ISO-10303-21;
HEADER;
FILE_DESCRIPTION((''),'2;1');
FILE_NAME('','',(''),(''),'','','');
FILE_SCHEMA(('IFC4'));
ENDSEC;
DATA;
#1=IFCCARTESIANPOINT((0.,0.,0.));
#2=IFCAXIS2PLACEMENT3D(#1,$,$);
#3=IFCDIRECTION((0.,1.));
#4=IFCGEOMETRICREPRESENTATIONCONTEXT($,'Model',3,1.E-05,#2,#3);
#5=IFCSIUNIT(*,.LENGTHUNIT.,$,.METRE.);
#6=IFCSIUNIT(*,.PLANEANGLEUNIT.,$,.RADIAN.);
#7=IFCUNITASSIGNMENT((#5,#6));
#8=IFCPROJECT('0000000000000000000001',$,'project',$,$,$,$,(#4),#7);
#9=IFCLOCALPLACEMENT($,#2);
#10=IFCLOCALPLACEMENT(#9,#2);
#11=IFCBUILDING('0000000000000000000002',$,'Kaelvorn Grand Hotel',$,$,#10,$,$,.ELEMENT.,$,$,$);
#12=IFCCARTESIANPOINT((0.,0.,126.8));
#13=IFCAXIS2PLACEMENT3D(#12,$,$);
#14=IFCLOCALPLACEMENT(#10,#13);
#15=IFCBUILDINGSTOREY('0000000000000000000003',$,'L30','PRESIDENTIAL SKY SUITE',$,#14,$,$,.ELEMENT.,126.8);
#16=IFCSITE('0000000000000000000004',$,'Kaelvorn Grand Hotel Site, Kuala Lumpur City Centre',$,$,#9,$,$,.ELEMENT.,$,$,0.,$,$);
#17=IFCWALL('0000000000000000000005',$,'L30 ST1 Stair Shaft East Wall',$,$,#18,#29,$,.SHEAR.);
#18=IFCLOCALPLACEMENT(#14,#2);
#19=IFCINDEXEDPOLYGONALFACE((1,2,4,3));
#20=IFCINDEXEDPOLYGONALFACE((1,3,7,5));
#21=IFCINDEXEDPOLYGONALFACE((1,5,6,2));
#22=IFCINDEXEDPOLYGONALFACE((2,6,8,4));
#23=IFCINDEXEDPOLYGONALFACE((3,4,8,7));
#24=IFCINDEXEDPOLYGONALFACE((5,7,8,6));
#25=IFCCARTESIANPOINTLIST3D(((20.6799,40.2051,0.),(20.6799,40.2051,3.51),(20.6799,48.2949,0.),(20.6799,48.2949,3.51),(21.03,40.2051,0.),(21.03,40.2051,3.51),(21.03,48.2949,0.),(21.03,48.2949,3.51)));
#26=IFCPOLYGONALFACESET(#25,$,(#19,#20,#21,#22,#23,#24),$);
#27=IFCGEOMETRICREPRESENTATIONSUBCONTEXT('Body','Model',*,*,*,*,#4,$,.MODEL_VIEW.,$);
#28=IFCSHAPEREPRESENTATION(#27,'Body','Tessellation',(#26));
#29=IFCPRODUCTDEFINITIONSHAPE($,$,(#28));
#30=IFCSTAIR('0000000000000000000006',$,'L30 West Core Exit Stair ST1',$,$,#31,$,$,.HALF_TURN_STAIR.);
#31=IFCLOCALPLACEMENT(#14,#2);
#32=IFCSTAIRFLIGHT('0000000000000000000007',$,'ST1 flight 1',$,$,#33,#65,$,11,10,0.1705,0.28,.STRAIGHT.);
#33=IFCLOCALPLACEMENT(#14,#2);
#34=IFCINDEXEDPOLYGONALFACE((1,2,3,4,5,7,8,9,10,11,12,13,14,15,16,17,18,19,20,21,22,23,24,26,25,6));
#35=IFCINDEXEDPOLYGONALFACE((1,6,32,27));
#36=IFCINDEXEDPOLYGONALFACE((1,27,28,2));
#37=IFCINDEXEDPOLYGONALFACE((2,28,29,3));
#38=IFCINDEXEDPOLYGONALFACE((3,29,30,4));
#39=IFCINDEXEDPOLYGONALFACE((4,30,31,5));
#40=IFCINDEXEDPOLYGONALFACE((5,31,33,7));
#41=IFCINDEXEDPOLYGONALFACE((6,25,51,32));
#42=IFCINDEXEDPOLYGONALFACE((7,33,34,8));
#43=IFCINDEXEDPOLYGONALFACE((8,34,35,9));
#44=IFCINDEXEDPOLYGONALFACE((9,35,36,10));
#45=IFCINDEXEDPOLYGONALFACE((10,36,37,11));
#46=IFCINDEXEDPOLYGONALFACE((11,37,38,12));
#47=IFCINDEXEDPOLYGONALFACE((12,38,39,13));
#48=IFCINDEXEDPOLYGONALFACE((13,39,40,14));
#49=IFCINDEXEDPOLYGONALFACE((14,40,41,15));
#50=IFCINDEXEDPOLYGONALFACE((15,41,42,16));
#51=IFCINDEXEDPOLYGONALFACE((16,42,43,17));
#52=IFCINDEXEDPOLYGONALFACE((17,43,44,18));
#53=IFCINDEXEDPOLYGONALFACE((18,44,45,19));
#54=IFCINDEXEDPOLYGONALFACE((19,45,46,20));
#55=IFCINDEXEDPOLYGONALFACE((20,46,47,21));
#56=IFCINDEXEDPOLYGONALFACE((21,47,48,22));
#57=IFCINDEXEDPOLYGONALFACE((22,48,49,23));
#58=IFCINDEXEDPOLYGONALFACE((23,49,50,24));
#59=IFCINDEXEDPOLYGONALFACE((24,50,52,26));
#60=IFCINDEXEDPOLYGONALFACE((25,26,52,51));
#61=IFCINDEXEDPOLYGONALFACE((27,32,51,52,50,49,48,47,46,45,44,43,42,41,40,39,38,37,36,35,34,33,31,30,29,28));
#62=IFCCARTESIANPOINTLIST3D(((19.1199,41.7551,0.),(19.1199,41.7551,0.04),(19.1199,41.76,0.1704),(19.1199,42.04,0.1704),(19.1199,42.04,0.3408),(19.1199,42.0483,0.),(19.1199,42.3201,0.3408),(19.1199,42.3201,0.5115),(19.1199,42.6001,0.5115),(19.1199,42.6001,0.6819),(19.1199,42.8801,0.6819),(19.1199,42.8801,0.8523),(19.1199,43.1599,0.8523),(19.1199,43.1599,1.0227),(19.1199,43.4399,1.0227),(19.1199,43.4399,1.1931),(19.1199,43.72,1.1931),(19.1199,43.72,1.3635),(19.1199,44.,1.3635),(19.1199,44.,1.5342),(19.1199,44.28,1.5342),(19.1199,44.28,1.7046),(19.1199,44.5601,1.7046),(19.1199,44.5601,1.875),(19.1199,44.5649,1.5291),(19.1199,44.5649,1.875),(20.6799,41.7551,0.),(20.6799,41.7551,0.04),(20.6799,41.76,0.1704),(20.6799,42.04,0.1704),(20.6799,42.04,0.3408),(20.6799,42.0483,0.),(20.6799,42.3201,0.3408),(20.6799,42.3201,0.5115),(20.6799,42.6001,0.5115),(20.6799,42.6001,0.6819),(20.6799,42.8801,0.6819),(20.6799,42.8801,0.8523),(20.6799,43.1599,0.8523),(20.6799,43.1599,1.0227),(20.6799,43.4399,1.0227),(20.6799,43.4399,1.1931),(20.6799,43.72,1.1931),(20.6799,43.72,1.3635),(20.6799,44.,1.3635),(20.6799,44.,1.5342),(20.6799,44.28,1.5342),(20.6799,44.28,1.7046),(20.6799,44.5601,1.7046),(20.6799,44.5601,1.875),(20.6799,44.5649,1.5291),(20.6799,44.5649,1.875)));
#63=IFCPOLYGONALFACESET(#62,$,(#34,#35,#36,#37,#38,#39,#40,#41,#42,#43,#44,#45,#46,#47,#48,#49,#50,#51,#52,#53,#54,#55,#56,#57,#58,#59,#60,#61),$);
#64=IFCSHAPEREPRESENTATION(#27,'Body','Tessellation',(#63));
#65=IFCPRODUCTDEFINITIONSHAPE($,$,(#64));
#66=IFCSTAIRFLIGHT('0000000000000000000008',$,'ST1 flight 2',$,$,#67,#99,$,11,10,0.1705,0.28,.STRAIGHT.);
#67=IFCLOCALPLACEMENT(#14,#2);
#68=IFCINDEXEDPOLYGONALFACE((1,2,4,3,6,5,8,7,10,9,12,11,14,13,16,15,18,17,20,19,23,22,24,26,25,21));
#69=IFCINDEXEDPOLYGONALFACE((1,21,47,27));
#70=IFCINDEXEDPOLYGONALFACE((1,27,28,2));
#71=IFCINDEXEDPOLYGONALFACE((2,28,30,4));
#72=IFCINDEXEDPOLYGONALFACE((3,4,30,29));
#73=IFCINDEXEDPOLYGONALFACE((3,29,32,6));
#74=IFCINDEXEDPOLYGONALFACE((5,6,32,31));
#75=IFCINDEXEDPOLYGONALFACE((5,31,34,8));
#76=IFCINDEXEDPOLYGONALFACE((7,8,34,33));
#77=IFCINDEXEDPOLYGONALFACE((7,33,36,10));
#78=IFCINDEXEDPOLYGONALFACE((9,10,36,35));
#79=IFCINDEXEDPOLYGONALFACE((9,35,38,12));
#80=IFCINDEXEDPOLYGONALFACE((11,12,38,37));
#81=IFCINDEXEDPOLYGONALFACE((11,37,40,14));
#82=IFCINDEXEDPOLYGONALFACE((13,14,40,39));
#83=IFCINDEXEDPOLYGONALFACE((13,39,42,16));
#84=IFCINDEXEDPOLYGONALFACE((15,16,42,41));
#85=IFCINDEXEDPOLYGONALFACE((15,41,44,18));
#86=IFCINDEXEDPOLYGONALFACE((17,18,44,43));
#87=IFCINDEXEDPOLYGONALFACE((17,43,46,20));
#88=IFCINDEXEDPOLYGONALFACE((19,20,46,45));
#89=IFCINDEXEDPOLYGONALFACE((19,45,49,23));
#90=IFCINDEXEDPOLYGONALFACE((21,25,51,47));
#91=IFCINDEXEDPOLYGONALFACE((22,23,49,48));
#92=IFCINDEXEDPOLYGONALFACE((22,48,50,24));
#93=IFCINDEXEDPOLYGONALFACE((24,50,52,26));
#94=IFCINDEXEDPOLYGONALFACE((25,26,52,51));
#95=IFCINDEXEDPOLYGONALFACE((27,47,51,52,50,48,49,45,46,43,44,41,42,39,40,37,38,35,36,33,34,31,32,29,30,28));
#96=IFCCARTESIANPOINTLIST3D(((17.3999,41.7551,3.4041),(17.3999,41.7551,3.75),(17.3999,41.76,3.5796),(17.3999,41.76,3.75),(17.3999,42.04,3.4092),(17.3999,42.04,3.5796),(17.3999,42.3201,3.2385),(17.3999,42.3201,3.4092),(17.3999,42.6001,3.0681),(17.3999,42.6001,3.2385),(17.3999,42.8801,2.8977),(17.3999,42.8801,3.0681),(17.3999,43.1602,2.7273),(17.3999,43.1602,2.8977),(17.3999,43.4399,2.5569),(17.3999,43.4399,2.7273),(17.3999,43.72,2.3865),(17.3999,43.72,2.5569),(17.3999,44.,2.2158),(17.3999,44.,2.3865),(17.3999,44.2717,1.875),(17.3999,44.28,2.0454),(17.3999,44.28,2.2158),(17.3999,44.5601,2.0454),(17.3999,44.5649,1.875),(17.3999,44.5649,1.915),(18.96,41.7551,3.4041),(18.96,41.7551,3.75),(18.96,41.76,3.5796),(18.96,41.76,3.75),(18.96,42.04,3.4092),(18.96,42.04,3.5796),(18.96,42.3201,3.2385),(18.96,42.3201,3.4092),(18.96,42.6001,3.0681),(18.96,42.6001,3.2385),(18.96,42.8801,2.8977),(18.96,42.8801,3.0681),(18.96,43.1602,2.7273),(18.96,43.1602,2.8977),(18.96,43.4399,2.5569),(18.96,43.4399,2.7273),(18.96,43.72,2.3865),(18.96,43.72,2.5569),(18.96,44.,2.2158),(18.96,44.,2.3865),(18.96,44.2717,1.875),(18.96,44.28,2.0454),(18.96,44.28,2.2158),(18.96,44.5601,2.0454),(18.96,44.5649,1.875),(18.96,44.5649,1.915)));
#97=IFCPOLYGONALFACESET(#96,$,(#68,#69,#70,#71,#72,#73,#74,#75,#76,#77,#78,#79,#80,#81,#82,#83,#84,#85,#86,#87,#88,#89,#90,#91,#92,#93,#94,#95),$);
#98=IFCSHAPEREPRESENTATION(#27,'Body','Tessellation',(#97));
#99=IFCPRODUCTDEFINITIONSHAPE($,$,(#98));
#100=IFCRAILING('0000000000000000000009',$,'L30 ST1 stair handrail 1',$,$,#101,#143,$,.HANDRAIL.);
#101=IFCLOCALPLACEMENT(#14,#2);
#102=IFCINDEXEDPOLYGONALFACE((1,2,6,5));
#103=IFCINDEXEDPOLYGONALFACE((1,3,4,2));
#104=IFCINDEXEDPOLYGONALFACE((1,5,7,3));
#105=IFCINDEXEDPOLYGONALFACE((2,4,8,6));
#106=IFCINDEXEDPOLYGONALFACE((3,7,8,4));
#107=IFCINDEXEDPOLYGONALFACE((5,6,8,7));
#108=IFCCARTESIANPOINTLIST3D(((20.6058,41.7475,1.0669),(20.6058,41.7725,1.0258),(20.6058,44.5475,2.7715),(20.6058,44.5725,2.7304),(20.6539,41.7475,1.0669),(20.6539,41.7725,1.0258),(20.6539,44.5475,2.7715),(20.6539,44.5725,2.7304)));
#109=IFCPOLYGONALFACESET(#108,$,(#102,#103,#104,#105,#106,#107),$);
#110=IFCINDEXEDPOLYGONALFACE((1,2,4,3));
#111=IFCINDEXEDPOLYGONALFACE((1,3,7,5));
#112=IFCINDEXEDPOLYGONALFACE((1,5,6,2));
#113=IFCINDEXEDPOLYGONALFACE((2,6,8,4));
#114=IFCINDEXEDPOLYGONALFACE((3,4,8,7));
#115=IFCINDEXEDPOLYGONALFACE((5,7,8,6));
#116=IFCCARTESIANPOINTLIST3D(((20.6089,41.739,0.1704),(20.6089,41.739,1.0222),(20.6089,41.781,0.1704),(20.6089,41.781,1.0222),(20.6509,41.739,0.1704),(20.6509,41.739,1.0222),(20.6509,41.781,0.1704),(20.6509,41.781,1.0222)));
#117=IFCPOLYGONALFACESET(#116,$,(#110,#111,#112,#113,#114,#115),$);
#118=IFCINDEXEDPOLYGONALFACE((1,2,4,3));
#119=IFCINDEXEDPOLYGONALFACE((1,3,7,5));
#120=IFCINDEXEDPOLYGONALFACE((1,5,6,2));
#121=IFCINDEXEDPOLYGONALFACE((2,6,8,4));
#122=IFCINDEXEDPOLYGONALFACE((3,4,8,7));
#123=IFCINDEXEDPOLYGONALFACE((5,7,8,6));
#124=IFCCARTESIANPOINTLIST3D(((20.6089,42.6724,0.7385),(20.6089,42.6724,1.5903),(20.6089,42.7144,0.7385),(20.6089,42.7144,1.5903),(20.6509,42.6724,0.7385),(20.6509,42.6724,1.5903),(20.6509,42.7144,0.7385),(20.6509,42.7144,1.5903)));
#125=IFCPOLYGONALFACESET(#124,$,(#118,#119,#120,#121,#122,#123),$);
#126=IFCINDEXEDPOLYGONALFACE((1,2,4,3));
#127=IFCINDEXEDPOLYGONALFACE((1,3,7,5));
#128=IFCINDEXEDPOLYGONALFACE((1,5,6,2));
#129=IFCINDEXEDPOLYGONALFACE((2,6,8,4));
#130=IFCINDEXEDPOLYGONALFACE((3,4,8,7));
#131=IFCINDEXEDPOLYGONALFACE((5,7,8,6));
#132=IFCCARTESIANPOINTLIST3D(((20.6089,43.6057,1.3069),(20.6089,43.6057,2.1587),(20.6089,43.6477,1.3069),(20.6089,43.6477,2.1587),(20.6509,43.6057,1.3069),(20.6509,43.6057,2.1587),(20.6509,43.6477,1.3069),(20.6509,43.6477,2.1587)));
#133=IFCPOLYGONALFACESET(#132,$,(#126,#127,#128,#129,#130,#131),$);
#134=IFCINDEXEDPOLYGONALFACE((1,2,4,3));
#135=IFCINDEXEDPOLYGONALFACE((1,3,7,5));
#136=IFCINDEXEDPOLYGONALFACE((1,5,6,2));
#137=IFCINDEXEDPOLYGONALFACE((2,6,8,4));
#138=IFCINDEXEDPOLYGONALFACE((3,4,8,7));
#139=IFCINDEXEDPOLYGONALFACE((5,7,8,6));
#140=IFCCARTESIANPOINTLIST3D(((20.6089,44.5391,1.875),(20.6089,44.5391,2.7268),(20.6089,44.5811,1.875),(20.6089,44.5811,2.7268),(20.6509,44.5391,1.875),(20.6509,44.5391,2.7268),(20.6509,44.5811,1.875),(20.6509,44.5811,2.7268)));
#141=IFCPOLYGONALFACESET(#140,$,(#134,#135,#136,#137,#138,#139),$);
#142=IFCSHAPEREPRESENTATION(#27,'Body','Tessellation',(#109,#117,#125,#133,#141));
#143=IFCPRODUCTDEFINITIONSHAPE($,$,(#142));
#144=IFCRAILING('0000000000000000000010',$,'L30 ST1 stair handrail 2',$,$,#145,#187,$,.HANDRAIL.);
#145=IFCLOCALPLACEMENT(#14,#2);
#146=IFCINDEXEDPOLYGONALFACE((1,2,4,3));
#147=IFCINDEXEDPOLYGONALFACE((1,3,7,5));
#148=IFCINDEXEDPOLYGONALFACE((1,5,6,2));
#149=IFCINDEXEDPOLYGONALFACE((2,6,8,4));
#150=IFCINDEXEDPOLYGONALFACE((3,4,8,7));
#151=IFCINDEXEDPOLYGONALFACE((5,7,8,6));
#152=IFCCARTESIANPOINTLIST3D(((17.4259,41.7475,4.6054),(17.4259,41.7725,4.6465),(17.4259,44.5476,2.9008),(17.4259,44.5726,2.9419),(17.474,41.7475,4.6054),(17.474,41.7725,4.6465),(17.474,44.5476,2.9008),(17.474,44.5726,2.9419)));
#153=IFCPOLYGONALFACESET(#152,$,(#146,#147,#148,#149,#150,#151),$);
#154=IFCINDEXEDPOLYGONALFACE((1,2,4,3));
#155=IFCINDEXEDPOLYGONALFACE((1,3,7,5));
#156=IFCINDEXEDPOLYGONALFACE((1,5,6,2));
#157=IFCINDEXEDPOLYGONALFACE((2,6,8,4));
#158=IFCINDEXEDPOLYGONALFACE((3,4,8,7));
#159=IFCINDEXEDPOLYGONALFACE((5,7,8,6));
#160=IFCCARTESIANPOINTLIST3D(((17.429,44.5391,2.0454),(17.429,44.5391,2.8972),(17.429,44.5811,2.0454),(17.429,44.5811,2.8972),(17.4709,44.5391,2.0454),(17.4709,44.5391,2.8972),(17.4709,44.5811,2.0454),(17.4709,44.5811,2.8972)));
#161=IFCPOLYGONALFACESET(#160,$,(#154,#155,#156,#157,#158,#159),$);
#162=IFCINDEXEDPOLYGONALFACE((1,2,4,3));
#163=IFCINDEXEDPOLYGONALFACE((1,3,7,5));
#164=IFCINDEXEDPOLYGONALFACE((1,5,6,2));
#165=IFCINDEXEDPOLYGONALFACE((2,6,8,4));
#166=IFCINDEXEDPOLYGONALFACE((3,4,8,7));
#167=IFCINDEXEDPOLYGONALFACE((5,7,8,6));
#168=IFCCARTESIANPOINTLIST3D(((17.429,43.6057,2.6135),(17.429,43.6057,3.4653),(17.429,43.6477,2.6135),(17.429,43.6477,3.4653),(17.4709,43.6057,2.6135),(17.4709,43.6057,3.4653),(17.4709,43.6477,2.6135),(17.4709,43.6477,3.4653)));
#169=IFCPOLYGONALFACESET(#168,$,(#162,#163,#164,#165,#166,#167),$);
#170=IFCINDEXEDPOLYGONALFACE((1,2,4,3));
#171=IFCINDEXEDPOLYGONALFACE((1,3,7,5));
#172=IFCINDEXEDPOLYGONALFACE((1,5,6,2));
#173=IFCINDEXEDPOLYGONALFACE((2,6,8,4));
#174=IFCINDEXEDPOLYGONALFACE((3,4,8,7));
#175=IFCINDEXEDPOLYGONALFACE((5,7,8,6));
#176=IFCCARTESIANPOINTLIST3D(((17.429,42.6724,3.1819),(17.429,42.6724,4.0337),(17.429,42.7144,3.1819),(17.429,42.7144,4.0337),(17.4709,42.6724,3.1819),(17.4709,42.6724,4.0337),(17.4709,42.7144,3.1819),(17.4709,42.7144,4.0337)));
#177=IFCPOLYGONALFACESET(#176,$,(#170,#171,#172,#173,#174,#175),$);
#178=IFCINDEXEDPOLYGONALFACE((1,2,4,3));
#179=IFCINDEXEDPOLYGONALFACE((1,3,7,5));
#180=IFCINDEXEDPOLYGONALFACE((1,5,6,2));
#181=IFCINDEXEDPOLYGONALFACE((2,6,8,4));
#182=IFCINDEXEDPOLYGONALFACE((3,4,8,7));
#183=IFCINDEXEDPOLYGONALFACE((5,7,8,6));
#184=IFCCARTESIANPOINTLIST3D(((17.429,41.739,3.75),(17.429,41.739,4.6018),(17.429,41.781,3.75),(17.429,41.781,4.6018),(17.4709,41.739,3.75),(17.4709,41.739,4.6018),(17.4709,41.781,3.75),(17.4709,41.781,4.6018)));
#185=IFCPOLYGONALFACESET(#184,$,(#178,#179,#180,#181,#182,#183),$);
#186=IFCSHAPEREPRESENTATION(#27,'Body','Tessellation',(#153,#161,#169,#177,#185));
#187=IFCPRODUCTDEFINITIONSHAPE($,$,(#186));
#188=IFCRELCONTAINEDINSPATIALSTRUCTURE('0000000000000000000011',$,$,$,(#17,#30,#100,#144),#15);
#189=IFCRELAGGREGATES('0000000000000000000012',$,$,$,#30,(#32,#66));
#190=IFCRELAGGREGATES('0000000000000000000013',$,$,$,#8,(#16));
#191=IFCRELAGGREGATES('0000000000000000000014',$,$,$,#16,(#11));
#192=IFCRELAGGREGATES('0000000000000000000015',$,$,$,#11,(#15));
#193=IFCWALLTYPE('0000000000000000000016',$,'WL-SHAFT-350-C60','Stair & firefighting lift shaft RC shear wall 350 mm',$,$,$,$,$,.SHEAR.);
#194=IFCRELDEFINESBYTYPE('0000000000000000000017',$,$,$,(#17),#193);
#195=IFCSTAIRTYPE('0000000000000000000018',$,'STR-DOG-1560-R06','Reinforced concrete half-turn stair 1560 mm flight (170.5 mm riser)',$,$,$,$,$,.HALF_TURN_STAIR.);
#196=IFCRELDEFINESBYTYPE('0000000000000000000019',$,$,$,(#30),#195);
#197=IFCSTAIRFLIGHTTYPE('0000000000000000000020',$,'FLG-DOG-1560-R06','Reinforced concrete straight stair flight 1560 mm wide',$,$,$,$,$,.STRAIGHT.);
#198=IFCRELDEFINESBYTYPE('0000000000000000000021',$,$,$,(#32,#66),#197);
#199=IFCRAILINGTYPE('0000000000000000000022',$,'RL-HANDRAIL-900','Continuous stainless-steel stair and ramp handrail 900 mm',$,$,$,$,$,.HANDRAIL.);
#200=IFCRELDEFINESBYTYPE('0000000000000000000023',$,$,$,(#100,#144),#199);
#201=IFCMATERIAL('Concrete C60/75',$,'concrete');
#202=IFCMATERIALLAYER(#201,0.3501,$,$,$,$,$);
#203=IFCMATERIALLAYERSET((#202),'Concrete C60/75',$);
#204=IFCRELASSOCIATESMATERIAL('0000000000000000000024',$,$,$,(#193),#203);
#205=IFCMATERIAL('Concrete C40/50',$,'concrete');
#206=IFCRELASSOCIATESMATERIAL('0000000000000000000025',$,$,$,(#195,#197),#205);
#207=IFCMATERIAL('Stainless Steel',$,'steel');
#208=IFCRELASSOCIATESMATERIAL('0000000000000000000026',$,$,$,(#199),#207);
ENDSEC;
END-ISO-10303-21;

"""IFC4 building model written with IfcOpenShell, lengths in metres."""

from ifc_helpers import new_model, si_unit, direction, frame, frame_2d, origin, origin_2d, place, context, subcontext, project, spatial, polyline, rectangle, outline, extrude, material, layer, layer_set, type_object, element, aggregate, save


model = new_model("IFC4")

# Units and contexts
model_context = context("Model", 3, precision=1e-05, world=origin(), true_north=direction((0.0, 1.0)))
body_context = subcontext(model_context, "Body", "Model", "MODEL_VIEW")
ifc_project = project(units=[si_unit("LENGTHUNIT", "METRE"), si_unit("PLANEANGLEUNIT", "RADIAN")], contexts=[model_context])

# Site, building, storey
site_placement = place(None, origin())
site = spatial("IfcSite", under=ifc_project, at=site_placement, Name="Kaelvorn Grand Hotel Site, Kuala Lumpur City Centre", CompositionType="ELEMENT", RefElevation=0.0)
building_placement = place(site_placement, origin())
building = spatial("IfcBuilding", under=site, at=building_placement, Name="Kaelvorn Grand Hotel", CompositionType="ELEMENT")
storey_placement = place(building_placement, frame((0.0, 0.0, 126.8)))
storey = spatial("IfcBuildingStorey", under=building, at=storey_placement, Name="L30", Description="PRESIDENTIAL SKY SUITE", CompositionType="ELEMENT", Elevation=126.8)

# Shared definitions
ifc_material_1 = material(Name="Concrete C60/75", Category="concrete")

# Shared definitions
ifc_material_2 = material(Name="Concrete C40/50", Category="concrete")

# Shared definitions
ifc_material_3 = material(Name="Stainless Steel", Category="steel")

# Shared definitions
ifc_layer_1 = layer(ifc_material_1, 0.3501)
ifc_layer_set_1 = layer_set([ifc_layer_1], Name="Concrete C60/75")
wall_type_1 = type_object("IfcWallType", Name="WL-SHAFT-350-C60", Description="Stair & firefighting lift shaft RC shear wall 350 mm", PredefinedType="SHEAR", material=ifc_layer_set_1)

# Wall
for number, where, z_axis, x_axis, name in (
    (1, (20.855, 40.2051, 0.0), (0.0, 0.0, 1.0), (0.0, 1.0, 0.0), "L30 ST1 Stair Shaft East Wall"),
):
    element("IfcWall", number, at=place(storey_placement, frame(where, z_axis=z_axis, x_axis=x_axis)), inside=storey, type_object=wall_type_1, Name=name, PredefinedType="SHEAR", context=body_context, shape_type="SweptSolid", body=[
        extrude(rectangle(XDim=8.0898, YDim=0.3501, at=frame_2d((4.0449, 0.0))), origin(), (0.0, 0.0, 1.0), 3.51),
    ])

# Stair, stair flights
stair_type = type_object("IfcStairType", Name="STR-DOG-1560-R06", Description="Reinforced concrete half-turn stair 1560 mm flight (170.5 mm riser)", PredefinedType="HALF_TURN_STAIR", material=ifc_material_2)
stair_placement = place(storey_placement, origin())
stair = element("IfcStair", 2, at=stair_placement, inside=storey, type_object=stair_type, Name="L30 West Core Exit Stair ST1", PredefinedType="HALF_TURN_STAIR")
stair_flight_type = type_object("IfcStairFlightType", Name="FLG-DOG-1560-R06", Description="Reinforced concrete straight stair flight 1560 mm wide", PredefinedType="STRAIGHT", material=ifc_material_2)
stair_flight_1_placement = place(storey_placement, frame((19.8999, 41.76, 0.0), z_axis=(0.0, 0.0, 1.0), x_axis=(0.0, 1.0, 0.0)))
stair_flight_1 = element("IfcStairFlight", 3, at=stair_flight_1_placement, type_object=stair_flight_type, Name="ST1 flight 1", NumberOfRisers=11, NumberOfTreads=10, PredefinedType="STRAIGHT", RiserHeight=0.1705, TreadLength=0.28, context=body_context, shape_type="SweptSolid", body=[
    extrude(outline(polyline([(-0.0049, 0.0), (-0.0049, 0.04), (0.0, 0.1704), (0.28, 0.1704), (0.28, 0.3408), (0.5601, 0.3408), (0.5601, 0.5115), (0.8401, 0.5115), (0.8401, 0.6819), (1.1201, 0.6819), (1.1201, 0.8523), (1.3999, 0.8523), (1.3999, 1.0227), (1.6799, 1.0227), (1.6799, 1.1931), (1.96, 1.1931), (1.96, 1.3635), (2.24, 1.3635), (2.24, 1.5342), (2.52, 1.5342), (2.52, 1.7046), (2.8, 1.7046), (2.8, 1.875), (2.8049, 1.875), (2.8049, 1.5291), (0.2883, 0.0), (-0.0049, 0.0)])), frame((0.0, 0.78, 0.0), z_axis=(0.0, -1.0, 0.0), x_axis=(1.0, 0.0, 0.0)), (0.0, 0.0, 1.0), 1.5601),
])
stair_flight_2_placement = place(storey_placement, frame((18.1799, 44.5601, 1.875), z_axis=(0.0, 0.0, 1.0), x_axis=(0.0, -1.0, 0.0)))
stair_flight_2 = element("IfcStairFlight", 4, at=stair_flight_2_placement, type_object=stair_flight_type, Name="ST1 flight 2", NumberOfRisers=11, NumberOfTreads=10, PredefinedType="STRAIGHT", RiserHeight=0.1705, TreadLength=0.28, context=body_context, shape_type="SweptSolid", body=[
    extrude(outline(polyline([(-0.0049, 0.0), (-0.0049, 0.04), (0.0, 0.1704), (0.28, 0.1704), (0.28, 0.3408), (0.5601, 0.3408), (0.5601, 0.5115), (0.8401, 0.5115), (0.8401, 0.6819), (1.1201, 0.6819), (1.1201, 0.8523), (1.3999, 0.8523), (1.3999, 1.0227), (1.6799, 1.0227), (1.6799, 1.1931), (1.96, 1.1931), (1.96, 1.3635), (2.24, 1.3635), (2.24, 1.5342), (2.52, 1.5342), (2.52, 1.7046), (2.8, 1.7046), (2.8, 1.875), (2.8049, 1.875), (2.8049, 1.5291), (0.2883, 0.0), (-0.0049, 0.0)])), frame((0.0, 0.78, 0.0), z_axis=(0.0, -1.0, 0.0), x_axis=(1.0, 0.0, 0.0)), (0.0, 0.0, 1.0), 1.5601),
])
aggregate(stair, [stair_flight_1, stair_flight_2])

# Railings
railing_type_1 = type_object("IfcRailingType", Name="RL-HANDRAIL-900", Description="Continuous stainless-steel stair and ramp handrail 900 mm", PredefinedType="HANDRAIL", material=ifc_material_3)
railing_1_placement = place(storey_placement, frame((20.6299, 41.76, 0.1704)))
element("IfcRailing", 5, at=railing_1_placement, inside=storey, type_object=railing_type_1, Name="L30 ST1 stair handrail 1", PredefinedType="HANDRAIL", context=body_context, shape_type="SweptSolid", body=[
    extrude(rectangle(XDim=0.0481, YDim=0.0481, at=origin_2d()), frame((0.0, 0.0, 0.876), z_axis=(0.0, 0.85417, 0.519994), x_axis=(-1.0, 0.0, 0.0)), (0.0, 0.0, 1.0), 3.2781),
    extrude(rectangle(XDim=0.042, YDim=0.042, at=origin_2d()), origin(), (0.0, 0.0, 1.0), 0.8518),
    extrude(rectangle(XDim=0.042, YDim=0.042, at=origin_2d()), frame((0.0, 0.9333, 0.5681)), (0.0, 0.0, 1.0), 0.8518),
    extrude(rectangle(XDim=0.042, YDim=0.042, at=origin_2d()), frame((0.0, 1.8667, 1.1365)), (0.0, 0.0, 1.0), 0.8518),
    extrude(rectangle(XDim=0.042, YDim=0.042, at=origin_2d()), frame((0.0, 2.8, 1.7046)), (0.0, 0.0, 1.0), 0.8518),
])
railing_2_placement = place(storey_placement, frame((17.45, 44.5601, 2.0454)))
element("IfcRailing", 6, at=railing_2_placement, inside=storey, type_object=railing_type_1, Name="L30 ST1 stair handrail 2", PredefinedType="HANDRAIL", context=body_context, shape_type="SweptSolid", body=[
    extrude(rectangle(XDim=0.0481, YDim=0.0481, at=origin_2d()), frame((0.0, 0.0, 0.876), z_axis=(0.0, -0.85417, 0.519994), x_axis=(1.0, 0.0, 0.0)), (0.0, 0.0, 1.0), 3.2781),
    extrude(rectangle(XDim=0.042, YDim=0.042, at=origin_2d()), origin(), (0.0, 0.0, 1.0), 0.8518),
    extrude(rectangle(XDim=0.042, YDim=0.042, at=origin_2d()), frame((0.0, -0.9333, 0.5681)), (0.0, 0.0, 1.0), 0.8518),
    extrude(rectangle(XDim=0.042, YDim=0.042, at=origin_2d()), frame((0.0, -1.8667, 1.1365)), (0.0, 0.0, 1.0), 0.8518),
    extrude(rectangle(XDim=0.042, YDim=0.042, at=origin_2d()), frame((0.0, -2.8, 1.7046)), (0.0, 0.0, 1.0), 0.8518),
])

save(model, "model.ifc")
